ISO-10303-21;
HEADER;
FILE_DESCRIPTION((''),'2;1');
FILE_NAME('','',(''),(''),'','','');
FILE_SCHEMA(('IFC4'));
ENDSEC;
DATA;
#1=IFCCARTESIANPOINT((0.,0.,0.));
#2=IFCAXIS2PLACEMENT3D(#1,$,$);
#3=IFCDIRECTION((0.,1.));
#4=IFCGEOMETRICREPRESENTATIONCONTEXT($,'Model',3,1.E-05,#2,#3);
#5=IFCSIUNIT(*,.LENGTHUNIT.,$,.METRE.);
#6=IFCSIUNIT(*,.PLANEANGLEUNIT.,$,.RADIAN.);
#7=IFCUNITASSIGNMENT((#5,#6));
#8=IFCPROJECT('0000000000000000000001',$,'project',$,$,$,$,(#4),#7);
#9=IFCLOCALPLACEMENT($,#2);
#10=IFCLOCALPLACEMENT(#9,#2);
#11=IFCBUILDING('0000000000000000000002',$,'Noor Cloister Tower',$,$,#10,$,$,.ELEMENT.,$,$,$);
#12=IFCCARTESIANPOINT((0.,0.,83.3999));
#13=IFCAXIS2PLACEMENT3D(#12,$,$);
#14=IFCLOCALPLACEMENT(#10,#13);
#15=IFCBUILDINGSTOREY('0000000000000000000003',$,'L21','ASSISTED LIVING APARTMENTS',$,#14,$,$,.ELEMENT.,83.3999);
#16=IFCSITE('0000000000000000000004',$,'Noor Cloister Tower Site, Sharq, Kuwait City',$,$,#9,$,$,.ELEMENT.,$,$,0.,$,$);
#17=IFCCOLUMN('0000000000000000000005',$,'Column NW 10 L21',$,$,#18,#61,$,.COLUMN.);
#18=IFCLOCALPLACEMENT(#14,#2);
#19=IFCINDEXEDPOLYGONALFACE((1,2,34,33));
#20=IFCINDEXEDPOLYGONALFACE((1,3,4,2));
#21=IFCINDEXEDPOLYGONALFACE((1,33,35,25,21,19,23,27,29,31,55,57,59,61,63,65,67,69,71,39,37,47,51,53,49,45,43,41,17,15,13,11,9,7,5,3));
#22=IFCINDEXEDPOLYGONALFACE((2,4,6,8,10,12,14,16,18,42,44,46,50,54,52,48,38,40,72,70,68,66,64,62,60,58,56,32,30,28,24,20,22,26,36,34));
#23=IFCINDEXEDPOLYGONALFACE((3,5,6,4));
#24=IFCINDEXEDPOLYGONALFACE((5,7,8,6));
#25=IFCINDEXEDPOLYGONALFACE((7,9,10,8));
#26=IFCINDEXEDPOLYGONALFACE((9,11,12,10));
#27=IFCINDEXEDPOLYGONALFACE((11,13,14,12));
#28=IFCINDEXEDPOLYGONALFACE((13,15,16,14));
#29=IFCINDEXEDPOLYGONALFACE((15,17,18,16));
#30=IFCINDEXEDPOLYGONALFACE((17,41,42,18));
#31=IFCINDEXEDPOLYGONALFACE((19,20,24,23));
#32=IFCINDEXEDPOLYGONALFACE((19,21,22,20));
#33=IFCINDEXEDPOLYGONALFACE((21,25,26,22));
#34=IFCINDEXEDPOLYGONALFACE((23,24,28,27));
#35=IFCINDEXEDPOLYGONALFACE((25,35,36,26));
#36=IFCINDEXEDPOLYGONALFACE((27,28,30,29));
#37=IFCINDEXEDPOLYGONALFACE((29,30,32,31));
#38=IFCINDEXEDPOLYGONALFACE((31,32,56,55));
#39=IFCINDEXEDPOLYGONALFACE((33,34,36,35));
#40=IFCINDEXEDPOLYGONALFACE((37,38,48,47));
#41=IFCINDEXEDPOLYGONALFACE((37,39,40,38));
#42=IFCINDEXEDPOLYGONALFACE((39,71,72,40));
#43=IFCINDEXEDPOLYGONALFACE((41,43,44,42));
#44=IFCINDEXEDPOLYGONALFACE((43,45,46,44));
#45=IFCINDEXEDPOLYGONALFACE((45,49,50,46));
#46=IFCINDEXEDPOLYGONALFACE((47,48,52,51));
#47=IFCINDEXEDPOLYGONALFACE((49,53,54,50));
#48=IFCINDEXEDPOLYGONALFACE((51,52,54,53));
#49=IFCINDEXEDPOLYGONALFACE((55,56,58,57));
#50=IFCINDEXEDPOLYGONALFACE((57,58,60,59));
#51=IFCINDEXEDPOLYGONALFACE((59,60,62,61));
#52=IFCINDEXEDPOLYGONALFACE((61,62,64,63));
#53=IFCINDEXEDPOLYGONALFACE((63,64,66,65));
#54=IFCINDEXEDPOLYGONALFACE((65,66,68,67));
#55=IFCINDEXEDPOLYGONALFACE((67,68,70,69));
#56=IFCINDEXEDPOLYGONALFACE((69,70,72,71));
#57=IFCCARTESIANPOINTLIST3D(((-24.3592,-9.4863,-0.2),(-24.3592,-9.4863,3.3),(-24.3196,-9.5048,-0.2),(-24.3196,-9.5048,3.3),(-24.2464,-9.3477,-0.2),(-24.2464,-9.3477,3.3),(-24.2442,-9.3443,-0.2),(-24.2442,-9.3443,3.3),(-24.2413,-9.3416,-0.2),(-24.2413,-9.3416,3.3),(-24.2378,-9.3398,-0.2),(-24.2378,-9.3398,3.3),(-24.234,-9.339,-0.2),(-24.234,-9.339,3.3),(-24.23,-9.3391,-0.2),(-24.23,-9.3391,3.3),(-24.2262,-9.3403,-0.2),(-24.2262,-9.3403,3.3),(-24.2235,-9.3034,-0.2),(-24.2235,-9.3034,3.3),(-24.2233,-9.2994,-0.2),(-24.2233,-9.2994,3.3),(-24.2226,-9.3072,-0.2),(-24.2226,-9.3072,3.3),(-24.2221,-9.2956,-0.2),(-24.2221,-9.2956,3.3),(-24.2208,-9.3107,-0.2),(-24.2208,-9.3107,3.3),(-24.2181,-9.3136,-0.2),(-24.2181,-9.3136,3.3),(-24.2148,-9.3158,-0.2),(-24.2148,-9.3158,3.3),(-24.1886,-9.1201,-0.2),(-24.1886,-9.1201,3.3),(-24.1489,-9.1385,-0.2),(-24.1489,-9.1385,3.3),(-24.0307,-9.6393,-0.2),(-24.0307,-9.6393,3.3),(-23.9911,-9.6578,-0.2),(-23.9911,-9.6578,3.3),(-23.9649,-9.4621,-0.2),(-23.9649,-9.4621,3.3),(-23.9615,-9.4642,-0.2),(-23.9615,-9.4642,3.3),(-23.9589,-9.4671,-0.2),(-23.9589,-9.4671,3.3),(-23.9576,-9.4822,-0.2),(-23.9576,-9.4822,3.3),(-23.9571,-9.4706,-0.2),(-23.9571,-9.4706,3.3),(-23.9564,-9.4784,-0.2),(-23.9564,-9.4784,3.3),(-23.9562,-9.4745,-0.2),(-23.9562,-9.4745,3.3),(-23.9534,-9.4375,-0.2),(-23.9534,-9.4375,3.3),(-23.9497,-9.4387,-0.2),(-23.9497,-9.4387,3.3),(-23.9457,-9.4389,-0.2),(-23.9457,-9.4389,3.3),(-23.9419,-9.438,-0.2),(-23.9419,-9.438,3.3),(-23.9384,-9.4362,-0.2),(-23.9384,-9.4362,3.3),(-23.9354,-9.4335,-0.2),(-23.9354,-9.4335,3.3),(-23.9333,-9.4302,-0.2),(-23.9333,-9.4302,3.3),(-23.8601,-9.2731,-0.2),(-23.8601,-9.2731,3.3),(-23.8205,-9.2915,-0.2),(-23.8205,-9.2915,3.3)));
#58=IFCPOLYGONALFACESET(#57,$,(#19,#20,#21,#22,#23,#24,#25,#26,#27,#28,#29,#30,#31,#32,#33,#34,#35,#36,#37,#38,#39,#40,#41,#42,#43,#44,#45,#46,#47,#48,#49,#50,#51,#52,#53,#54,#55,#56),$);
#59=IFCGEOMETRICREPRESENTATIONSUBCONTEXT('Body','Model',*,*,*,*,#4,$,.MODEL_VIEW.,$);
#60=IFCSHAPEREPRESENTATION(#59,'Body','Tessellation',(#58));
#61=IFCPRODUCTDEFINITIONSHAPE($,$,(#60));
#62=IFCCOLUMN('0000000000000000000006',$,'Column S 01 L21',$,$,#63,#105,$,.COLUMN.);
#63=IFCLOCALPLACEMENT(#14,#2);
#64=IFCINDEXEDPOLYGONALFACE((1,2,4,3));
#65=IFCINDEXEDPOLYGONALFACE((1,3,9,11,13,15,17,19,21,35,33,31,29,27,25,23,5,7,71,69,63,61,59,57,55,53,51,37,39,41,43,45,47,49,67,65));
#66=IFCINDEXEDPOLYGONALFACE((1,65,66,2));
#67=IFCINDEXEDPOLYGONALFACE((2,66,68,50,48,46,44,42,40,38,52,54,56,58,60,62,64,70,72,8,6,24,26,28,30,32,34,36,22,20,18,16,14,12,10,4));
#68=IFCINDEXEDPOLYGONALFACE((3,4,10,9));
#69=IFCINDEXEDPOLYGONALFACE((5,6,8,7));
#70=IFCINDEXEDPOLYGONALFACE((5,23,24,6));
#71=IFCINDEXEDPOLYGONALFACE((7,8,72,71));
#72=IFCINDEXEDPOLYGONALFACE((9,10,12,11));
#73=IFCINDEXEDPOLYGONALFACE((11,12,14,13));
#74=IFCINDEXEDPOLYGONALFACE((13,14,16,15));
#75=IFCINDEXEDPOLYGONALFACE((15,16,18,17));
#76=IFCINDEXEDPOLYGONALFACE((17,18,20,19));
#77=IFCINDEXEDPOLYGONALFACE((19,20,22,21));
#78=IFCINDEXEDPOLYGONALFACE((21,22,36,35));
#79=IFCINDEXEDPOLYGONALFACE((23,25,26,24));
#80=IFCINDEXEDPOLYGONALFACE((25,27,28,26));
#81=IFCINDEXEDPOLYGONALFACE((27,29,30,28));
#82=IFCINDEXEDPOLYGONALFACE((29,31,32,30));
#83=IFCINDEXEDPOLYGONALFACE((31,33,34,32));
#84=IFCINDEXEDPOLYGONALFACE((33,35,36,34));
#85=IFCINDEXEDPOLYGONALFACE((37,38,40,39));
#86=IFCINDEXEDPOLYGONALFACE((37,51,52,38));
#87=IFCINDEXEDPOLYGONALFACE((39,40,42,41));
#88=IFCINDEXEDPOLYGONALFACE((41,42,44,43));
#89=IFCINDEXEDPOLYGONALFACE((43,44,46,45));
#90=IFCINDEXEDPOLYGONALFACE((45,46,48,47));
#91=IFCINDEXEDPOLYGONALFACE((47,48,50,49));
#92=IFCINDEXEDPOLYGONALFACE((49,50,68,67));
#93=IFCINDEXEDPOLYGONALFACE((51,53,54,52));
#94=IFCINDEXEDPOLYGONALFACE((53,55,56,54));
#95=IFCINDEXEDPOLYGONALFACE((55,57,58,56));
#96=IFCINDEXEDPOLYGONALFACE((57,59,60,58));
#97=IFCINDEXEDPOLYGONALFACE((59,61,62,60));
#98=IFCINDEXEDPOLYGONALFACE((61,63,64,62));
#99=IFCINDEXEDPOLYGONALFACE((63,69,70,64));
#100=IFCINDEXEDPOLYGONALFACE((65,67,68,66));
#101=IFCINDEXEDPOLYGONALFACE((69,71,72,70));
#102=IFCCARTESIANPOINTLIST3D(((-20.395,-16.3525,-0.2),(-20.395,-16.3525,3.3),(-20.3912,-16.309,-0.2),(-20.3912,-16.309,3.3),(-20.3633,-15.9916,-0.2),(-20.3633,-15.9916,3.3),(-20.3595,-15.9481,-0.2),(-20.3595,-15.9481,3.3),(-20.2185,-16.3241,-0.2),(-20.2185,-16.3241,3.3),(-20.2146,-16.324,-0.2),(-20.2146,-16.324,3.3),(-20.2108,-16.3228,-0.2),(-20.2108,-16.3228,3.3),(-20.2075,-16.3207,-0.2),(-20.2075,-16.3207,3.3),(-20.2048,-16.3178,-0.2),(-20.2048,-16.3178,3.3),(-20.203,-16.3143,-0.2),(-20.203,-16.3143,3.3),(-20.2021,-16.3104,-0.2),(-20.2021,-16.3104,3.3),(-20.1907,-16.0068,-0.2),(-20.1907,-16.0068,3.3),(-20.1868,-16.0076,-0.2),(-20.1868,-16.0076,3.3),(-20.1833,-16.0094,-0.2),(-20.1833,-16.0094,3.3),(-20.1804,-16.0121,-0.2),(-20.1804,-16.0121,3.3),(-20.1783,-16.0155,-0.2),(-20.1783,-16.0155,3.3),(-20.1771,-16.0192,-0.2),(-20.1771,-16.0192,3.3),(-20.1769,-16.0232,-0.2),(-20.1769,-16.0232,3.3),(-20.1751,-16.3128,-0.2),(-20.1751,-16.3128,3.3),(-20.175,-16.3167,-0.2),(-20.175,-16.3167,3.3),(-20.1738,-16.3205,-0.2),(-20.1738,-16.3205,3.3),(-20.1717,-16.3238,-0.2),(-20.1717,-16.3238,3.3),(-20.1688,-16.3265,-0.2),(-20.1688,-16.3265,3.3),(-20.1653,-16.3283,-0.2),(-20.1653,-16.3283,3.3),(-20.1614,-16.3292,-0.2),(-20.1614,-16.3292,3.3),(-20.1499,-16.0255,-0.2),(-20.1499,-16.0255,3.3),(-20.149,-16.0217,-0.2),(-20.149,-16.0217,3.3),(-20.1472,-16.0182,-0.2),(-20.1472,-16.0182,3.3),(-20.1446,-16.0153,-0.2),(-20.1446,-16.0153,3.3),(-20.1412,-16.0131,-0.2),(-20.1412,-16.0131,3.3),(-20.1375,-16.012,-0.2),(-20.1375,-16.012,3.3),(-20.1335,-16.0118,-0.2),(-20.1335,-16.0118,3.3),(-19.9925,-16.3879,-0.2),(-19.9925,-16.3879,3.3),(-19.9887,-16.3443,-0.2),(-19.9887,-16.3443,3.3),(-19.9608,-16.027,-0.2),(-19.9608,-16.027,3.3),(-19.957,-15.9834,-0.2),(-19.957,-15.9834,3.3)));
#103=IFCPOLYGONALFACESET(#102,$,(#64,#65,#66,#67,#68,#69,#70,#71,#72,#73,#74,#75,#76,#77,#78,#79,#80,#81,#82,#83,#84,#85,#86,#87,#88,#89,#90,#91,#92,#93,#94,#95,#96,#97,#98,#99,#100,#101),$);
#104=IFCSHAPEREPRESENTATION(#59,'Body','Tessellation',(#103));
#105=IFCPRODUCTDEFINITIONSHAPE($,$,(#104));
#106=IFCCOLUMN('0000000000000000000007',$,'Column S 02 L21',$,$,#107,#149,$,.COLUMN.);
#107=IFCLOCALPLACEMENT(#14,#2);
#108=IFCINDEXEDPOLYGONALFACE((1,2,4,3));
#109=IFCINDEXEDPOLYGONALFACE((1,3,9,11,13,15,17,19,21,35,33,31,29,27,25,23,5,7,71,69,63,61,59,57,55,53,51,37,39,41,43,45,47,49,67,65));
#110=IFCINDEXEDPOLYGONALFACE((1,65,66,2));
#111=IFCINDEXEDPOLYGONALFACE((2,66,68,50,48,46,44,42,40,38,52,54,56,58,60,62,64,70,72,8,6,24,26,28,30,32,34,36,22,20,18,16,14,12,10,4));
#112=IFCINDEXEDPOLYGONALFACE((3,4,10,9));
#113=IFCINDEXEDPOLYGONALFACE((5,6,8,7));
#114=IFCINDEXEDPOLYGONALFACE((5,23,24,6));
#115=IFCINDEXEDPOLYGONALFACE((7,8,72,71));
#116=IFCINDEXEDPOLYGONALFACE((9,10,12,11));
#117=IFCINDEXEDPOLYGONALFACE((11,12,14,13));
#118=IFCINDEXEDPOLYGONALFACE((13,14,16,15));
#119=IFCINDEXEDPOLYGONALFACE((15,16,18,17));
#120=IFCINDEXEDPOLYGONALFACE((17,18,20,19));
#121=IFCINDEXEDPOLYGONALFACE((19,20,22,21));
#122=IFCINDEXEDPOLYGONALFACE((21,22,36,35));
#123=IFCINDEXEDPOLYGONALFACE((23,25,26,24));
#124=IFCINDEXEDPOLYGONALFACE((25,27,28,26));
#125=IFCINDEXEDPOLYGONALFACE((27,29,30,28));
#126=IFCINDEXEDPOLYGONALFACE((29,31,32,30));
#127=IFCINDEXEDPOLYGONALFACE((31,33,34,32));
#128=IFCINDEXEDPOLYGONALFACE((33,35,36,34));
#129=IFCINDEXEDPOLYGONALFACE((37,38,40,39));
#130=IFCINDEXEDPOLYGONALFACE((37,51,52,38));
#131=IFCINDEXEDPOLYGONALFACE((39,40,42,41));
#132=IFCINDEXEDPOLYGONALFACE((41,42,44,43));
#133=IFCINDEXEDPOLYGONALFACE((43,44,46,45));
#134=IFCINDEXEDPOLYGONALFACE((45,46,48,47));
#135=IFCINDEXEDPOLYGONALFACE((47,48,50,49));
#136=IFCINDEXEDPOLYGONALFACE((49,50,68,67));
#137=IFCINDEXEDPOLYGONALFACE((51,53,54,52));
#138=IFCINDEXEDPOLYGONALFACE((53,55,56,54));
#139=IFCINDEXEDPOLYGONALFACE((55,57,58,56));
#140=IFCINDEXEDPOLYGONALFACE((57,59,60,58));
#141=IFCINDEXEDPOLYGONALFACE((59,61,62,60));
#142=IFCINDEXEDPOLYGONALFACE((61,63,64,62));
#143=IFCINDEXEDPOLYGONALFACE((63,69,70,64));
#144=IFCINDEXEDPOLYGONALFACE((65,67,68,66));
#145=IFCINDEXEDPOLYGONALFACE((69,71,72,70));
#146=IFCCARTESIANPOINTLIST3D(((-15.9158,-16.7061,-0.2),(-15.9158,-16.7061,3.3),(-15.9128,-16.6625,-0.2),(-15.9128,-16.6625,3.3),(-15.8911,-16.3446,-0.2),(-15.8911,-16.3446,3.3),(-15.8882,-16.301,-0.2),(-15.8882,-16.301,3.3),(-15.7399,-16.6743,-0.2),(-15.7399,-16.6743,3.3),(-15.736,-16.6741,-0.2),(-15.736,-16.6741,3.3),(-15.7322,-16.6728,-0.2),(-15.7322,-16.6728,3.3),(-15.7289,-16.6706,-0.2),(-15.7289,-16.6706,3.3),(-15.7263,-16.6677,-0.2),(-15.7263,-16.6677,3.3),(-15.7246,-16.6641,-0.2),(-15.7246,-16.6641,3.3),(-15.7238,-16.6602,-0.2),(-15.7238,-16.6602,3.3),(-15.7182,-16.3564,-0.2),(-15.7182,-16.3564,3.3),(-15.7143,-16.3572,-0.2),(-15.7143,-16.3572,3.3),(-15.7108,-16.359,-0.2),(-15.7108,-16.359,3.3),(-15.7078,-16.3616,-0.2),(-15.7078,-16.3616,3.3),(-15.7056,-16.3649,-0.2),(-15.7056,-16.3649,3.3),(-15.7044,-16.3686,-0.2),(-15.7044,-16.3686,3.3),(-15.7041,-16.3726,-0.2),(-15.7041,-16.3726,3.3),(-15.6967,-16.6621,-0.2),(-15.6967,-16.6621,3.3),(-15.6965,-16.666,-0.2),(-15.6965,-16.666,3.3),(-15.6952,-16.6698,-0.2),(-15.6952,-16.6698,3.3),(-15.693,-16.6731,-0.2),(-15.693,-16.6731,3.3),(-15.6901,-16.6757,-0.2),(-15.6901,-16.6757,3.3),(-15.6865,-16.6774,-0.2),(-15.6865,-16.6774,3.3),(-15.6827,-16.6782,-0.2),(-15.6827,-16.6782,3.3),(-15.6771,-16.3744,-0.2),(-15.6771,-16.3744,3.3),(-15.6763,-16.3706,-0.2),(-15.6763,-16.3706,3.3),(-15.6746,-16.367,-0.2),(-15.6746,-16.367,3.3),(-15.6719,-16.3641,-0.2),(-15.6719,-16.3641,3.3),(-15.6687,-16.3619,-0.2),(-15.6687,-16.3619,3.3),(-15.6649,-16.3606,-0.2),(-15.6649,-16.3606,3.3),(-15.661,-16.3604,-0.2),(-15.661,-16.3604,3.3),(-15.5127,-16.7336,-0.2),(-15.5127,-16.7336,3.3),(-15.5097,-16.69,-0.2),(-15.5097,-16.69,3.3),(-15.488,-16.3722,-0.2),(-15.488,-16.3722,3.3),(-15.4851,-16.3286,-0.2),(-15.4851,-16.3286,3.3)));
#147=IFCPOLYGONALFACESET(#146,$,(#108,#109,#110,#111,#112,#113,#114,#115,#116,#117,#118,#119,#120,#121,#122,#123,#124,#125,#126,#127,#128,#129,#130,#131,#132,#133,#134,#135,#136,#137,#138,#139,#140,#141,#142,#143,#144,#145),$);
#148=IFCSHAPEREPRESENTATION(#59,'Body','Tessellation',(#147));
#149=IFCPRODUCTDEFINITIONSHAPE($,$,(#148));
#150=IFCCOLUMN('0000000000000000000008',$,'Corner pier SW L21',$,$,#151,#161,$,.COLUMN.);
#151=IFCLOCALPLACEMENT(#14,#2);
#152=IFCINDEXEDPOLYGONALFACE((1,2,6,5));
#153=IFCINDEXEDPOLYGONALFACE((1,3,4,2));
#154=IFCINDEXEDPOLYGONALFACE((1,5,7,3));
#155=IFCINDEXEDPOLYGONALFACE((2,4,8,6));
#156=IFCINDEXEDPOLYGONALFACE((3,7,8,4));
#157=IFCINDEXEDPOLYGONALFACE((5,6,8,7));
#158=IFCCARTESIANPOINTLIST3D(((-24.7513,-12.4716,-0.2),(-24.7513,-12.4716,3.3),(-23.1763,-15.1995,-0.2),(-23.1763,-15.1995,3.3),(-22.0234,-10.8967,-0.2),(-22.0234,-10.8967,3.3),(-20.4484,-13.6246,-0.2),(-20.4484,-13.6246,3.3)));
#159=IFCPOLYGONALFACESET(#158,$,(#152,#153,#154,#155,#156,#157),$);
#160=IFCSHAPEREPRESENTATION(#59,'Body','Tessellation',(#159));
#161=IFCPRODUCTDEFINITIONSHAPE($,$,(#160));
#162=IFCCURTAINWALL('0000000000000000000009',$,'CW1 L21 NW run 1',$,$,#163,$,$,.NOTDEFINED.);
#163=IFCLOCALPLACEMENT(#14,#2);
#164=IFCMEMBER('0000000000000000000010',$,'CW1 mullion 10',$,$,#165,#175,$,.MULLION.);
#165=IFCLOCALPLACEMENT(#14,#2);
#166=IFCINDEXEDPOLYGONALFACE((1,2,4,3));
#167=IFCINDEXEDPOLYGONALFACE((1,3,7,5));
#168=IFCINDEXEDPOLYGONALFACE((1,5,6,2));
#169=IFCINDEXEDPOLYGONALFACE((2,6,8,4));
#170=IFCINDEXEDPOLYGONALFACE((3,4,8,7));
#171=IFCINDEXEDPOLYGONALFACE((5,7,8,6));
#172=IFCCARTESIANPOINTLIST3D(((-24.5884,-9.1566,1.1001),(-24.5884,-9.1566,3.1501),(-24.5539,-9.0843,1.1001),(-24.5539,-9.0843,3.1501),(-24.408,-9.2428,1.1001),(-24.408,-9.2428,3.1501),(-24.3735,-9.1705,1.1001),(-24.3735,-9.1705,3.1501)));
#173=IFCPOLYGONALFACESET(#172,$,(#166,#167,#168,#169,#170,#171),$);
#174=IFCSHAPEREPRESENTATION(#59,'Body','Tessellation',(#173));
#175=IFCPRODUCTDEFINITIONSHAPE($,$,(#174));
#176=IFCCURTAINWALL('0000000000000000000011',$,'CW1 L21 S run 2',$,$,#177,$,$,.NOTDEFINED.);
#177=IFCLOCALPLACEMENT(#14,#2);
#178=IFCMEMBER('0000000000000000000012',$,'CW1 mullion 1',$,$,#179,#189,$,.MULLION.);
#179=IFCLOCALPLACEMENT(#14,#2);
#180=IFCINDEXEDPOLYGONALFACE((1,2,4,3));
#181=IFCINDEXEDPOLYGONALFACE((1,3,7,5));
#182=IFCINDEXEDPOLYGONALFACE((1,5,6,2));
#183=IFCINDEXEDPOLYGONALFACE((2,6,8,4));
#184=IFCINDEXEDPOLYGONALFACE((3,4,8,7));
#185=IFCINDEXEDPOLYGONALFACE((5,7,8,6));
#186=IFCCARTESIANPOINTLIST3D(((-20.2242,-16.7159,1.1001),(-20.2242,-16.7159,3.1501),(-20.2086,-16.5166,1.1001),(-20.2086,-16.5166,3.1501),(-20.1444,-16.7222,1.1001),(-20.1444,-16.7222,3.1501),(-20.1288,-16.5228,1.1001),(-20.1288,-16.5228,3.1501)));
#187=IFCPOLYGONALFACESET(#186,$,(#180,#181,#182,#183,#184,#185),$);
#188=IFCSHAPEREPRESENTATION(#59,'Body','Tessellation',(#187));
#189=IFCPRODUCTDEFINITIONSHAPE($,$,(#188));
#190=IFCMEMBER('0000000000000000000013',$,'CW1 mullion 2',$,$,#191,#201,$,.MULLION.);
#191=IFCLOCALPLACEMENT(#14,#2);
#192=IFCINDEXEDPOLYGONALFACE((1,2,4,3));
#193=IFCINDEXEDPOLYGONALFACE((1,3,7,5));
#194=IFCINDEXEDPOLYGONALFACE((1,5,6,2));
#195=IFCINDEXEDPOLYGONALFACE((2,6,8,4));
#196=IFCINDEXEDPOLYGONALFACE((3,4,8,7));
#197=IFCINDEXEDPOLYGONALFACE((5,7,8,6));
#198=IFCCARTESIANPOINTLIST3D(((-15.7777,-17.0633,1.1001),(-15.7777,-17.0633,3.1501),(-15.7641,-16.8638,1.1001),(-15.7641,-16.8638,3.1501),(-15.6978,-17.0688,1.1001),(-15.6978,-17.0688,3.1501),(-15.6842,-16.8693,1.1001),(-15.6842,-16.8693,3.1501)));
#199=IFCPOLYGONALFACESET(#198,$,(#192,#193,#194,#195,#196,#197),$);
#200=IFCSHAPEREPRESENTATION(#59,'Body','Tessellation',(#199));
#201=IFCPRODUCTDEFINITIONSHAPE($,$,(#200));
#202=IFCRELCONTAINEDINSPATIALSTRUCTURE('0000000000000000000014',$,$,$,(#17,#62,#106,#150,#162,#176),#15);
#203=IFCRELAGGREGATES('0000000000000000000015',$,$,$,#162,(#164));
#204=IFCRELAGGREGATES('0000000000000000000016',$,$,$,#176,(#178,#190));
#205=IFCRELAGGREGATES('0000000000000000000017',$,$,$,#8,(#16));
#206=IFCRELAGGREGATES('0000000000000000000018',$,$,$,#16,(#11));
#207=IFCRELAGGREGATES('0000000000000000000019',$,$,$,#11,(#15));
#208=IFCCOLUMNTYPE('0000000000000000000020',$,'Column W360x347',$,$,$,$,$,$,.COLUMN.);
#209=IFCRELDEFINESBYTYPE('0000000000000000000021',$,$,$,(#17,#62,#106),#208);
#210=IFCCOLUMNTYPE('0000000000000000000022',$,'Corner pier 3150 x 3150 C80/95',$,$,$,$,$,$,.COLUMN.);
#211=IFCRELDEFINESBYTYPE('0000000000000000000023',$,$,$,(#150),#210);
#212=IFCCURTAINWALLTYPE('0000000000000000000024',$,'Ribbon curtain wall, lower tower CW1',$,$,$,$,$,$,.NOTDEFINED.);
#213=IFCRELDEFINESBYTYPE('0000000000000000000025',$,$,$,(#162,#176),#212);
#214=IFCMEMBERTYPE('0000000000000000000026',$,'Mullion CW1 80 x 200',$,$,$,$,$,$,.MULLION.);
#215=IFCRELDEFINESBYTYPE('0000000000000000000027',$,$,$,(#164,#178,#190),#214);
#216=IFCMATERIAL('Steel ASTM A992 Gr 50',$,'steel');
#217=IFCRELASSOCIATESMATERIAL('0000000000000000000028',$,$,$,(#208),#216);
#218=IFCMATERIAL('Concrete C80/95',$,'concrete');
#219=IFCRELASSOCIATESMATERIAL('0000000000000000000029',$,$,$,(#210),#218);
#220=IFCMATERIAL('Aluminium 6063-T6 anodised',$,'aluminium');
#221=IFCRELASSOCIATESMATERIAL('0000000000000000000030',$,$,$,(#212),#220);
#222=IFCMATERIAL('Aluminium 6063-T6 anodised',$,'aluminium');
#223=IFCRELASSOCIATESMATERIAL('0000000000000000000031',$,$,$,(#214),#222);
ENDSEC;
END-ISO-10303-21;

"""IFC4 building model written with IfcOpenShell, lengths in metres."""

from ifc_helpers import new_model, si_unit, direction, frame, origin, origin_2d, place, context, subcontext, project, spatial, rectangle, i_section, extrude, material, material_profile, profile_set, type_object, element, aggregate, save


model = new_model("IFC4")

# Units and contexts
model_context = context("Model", 3, precision=1e-05, world=origin(), true_north=direction((0.0, 1.0)))
body_context = subcontext(model_context, "Body", "Model", "MODEL_VIEW")
ifc_project = project(units=[si_unit("LENGTHUNIT", "METRE"), si_unit("PLANEANGLEUNIT", "RADIAN")], contexts=[model_context])

# Site, building, storey
site_placement = place(None, origin())
site = spatial("IfcSite", under=ifc_project, at=site_placement, Name="Noor Cloister Tower Site, Sharq, Kuwait City", CompositionType="ELEMENT", RefElevation=0.0)
building_placement = place(site_placement, origin())
building = spatial("IfcBuilding", under=site, at=building_placement, Name="Noor Cloister Tower", CompositionType="ELEMENT")
storey_placement = place(building_placement, frame((0.0, 0.0, 83.3999)))
storey = spatial("IfcBuildingStorey", under=building, at=storey_placement, Name="L21", Description="ASSISTED LIVING APARTMENTS", CompositionType="ELEMENT", Elevation=83.3999)

# Columns
ifc_material_1 = material(Name="Steel ASTM A992 Gr 50", Category="steel")
ifc_material_profile_1 = material_profile(ifc_material_1, i_section(OverallWidth=0.4041, OverallDepth=0.406, WebThickness=0.0271, FlangeThickness=0.0437, FilletRadius=0.0151, at=origin_2d()), Name="W360x347")
ifc_profile_set_1 = profile_set([ifc_material_profile_1], Name="Steel ASTM A992 Gr 50")
column_type_1 = type_object("IfcColumnType", Name="Column W360x347", PredefinedType="COLUMN", material=ifc_profile_set_1)
for number, where, z_axis, x_axis, name in (
    (1, (-24.0898, -9.3889, -0.2), (0.0, 0.0, 1.0), (-0.422262, -0.906474, 0.0), "Column NW 10 L21"),
    (2, (-20.176, -16.168, -0.2), (0.0, 0.0, 1.0), (0.99616, -0.087548, 0.0), "Column S 01 L21"),
    (3, (-15.7004, -16.5173, -0.2), (0.0, 0.0, 1.0), (0.997677, -0.068127, 0.0), "Column S 02 L21"),
):
    element("IfcColumn", number, at=place(storey_placement, frame(where, z_axis=z_axis, x_axis=x_axis)), inside=storey, type_object=column_type_1, Name=name, PredefinedType="COLUMN", context=body_context, shape_type="SweptSolid", body=[
        extrude(i_section(OverallWidth=0.4041, OverallDepth=0.406, WebThickness=0.0271, FlangeThickness=0.0437, FilletRadius=0.0151, at=origin_2d()), origin(), (0.0, 0.0, 1.0), 3.5),
    ])
ifc_material_2 = material(Name="Concrete C80/95", Category="concrete")
ifc_material_profile_2 = material_profile(ifc_material_2, rectangle(XDim=3.1499, YDim=3.1499, at=origin_2d()), Name="RC 3150x3150")
ifc_profile_set_2 = profile_set([ifc_material_profile_2], Name="Concrete C80/95")
column_type_2 = type_object("IfcColumnType", Name="Corner pier 3150 x 3150 C80/95", PredefinedType="COLUMN", material=ifc_profile_set_2)
column_placement = place(storey_placement, frame((-22.5999, -13.0481, -0.2), z_axis=(0.0, 0.0, 1.0), x_axis=(-0.866025, -0.5, 0.0)))
element("IfcColumn", 4, at=column_placement, inside=storey, type_object=column_type_2, Name="Corner pier SW L21", PredefinedType="COLUMN", context=body_context, shape_type="SweptSolid", body=[
    extrude(rectangle(XDim=3.1499, YDim=3.1499, at=origin_2d()), origin(), (0.0, 0.0, 1.0), 3.5),
])

# Curtain wall, member
ifc_material_3 = material(Name="Aluminium 6063-T6 anodised", Category="aluminium")
curtain_wall_type = type_object("IfcCurtainWallType", Name="Ribbon curtain wall, lower tower CW1", PredefinedType="NOTDEFINED", material=ifc_material_3)
curtain_wall_1_placement = place(storey_placement, origin())
curtain_wall_1 = element("IfcCurtainWall", 5, at=curtain_wall_1_placement, inside=storey, type_object=curtain_wall_type, Name="CW1 L21 NW run 1", PredefinedType="NOTDEFINED")
ifc_material_4 = material(Name="Aluminium 6063-T6 anodised", Category="aluminium")
ifc_material_profile_3 = material_profile(ifc_material_4, rectangle(XDim=0.2, YDim=0.0801, at=origin_2d()), Name="200 x 80 mullion")
ifc_profile_set_3 = profile_set([ifc_material_profile_3], Name="Aluminium 6063-T6 anodised")
member_type = type_object("IfcMemberType", Name="Mullion CW1 80 x 200", PredefinedType="MULLION", material=ifc_profile_set_3)
member_1_placement = place(storey_placement, frame((-24.481, -9.1636, 1.1001), z_axis=(0.0, 0.0, 1.0), x_axis=(0.902318, -0.43107, 0.0)))
member_1 = element("IfcMember", 6, at=member_1_placement, type_object=member_type, Name="CW1 mullion 10", PredefinedType="MULLION", context=body_context, shape_type="SweptSolid", body=[
    extrude(rectangle(XDim=0.2, YDim=0.0801, at=origin_2d()), origin(), (0.0, 0.0, 1.0), 2.05),
])

# Curtain wall, members
curtain_wall_2_placement = place(storey_placement, origin())
curtain_wall_2 = element("IfcCurtainWall", 7, at=curtain_wall_2_placement, inside=storey, type_object=curtain_wall_type, Name="CW1 L21 S run 2", PredefinedType="NOTDEFINED")
member_2_placement = place(storey_placement, frame((-20.1765, -16.6194, 1.1001), z_axis=(0.0, 0.0, 1.0), x_axis=(0.077841, 0.996966, 0.0)))
member_2 = element("IfcMember", 8, at=member_2_placement, type_object=member_type, Name="CW1 mullion 1", PredefinedType="MULLION", context=body_context, shape_type="SweptSolid", body=[
    extrude(rectangle(XDim=0.2, YDim=0.0801, at=origin_2d()), origin(), (0.0, 0.0, 1.0), 2.05),
])
member_3_placement = place(storey_placement, frame((-15.731, -16.9663, 1.1001), z_axis=(0.0, 0.0, 1.0), x_axis=(0.068127, 0.997677, 0.0)))
member_3 = element("IfcMember", 9, at=member_3_placement, type_object=member_type, Name="CW1 mullion 2", PredefinedType="MULLION", context=body_context, shape_type="SweptSolid", body=[
    extrude(rectangle(XDim=0.2, YDim=0.0801, at=origin_2d()), origin(), (0.0, 0.0, 1.0), 2.05),
])

aggregate(curtain_wall_1, [member_1])
aggregate(curtain_wall_2, [member_2, member_3])

save(model, "model.ifc")
